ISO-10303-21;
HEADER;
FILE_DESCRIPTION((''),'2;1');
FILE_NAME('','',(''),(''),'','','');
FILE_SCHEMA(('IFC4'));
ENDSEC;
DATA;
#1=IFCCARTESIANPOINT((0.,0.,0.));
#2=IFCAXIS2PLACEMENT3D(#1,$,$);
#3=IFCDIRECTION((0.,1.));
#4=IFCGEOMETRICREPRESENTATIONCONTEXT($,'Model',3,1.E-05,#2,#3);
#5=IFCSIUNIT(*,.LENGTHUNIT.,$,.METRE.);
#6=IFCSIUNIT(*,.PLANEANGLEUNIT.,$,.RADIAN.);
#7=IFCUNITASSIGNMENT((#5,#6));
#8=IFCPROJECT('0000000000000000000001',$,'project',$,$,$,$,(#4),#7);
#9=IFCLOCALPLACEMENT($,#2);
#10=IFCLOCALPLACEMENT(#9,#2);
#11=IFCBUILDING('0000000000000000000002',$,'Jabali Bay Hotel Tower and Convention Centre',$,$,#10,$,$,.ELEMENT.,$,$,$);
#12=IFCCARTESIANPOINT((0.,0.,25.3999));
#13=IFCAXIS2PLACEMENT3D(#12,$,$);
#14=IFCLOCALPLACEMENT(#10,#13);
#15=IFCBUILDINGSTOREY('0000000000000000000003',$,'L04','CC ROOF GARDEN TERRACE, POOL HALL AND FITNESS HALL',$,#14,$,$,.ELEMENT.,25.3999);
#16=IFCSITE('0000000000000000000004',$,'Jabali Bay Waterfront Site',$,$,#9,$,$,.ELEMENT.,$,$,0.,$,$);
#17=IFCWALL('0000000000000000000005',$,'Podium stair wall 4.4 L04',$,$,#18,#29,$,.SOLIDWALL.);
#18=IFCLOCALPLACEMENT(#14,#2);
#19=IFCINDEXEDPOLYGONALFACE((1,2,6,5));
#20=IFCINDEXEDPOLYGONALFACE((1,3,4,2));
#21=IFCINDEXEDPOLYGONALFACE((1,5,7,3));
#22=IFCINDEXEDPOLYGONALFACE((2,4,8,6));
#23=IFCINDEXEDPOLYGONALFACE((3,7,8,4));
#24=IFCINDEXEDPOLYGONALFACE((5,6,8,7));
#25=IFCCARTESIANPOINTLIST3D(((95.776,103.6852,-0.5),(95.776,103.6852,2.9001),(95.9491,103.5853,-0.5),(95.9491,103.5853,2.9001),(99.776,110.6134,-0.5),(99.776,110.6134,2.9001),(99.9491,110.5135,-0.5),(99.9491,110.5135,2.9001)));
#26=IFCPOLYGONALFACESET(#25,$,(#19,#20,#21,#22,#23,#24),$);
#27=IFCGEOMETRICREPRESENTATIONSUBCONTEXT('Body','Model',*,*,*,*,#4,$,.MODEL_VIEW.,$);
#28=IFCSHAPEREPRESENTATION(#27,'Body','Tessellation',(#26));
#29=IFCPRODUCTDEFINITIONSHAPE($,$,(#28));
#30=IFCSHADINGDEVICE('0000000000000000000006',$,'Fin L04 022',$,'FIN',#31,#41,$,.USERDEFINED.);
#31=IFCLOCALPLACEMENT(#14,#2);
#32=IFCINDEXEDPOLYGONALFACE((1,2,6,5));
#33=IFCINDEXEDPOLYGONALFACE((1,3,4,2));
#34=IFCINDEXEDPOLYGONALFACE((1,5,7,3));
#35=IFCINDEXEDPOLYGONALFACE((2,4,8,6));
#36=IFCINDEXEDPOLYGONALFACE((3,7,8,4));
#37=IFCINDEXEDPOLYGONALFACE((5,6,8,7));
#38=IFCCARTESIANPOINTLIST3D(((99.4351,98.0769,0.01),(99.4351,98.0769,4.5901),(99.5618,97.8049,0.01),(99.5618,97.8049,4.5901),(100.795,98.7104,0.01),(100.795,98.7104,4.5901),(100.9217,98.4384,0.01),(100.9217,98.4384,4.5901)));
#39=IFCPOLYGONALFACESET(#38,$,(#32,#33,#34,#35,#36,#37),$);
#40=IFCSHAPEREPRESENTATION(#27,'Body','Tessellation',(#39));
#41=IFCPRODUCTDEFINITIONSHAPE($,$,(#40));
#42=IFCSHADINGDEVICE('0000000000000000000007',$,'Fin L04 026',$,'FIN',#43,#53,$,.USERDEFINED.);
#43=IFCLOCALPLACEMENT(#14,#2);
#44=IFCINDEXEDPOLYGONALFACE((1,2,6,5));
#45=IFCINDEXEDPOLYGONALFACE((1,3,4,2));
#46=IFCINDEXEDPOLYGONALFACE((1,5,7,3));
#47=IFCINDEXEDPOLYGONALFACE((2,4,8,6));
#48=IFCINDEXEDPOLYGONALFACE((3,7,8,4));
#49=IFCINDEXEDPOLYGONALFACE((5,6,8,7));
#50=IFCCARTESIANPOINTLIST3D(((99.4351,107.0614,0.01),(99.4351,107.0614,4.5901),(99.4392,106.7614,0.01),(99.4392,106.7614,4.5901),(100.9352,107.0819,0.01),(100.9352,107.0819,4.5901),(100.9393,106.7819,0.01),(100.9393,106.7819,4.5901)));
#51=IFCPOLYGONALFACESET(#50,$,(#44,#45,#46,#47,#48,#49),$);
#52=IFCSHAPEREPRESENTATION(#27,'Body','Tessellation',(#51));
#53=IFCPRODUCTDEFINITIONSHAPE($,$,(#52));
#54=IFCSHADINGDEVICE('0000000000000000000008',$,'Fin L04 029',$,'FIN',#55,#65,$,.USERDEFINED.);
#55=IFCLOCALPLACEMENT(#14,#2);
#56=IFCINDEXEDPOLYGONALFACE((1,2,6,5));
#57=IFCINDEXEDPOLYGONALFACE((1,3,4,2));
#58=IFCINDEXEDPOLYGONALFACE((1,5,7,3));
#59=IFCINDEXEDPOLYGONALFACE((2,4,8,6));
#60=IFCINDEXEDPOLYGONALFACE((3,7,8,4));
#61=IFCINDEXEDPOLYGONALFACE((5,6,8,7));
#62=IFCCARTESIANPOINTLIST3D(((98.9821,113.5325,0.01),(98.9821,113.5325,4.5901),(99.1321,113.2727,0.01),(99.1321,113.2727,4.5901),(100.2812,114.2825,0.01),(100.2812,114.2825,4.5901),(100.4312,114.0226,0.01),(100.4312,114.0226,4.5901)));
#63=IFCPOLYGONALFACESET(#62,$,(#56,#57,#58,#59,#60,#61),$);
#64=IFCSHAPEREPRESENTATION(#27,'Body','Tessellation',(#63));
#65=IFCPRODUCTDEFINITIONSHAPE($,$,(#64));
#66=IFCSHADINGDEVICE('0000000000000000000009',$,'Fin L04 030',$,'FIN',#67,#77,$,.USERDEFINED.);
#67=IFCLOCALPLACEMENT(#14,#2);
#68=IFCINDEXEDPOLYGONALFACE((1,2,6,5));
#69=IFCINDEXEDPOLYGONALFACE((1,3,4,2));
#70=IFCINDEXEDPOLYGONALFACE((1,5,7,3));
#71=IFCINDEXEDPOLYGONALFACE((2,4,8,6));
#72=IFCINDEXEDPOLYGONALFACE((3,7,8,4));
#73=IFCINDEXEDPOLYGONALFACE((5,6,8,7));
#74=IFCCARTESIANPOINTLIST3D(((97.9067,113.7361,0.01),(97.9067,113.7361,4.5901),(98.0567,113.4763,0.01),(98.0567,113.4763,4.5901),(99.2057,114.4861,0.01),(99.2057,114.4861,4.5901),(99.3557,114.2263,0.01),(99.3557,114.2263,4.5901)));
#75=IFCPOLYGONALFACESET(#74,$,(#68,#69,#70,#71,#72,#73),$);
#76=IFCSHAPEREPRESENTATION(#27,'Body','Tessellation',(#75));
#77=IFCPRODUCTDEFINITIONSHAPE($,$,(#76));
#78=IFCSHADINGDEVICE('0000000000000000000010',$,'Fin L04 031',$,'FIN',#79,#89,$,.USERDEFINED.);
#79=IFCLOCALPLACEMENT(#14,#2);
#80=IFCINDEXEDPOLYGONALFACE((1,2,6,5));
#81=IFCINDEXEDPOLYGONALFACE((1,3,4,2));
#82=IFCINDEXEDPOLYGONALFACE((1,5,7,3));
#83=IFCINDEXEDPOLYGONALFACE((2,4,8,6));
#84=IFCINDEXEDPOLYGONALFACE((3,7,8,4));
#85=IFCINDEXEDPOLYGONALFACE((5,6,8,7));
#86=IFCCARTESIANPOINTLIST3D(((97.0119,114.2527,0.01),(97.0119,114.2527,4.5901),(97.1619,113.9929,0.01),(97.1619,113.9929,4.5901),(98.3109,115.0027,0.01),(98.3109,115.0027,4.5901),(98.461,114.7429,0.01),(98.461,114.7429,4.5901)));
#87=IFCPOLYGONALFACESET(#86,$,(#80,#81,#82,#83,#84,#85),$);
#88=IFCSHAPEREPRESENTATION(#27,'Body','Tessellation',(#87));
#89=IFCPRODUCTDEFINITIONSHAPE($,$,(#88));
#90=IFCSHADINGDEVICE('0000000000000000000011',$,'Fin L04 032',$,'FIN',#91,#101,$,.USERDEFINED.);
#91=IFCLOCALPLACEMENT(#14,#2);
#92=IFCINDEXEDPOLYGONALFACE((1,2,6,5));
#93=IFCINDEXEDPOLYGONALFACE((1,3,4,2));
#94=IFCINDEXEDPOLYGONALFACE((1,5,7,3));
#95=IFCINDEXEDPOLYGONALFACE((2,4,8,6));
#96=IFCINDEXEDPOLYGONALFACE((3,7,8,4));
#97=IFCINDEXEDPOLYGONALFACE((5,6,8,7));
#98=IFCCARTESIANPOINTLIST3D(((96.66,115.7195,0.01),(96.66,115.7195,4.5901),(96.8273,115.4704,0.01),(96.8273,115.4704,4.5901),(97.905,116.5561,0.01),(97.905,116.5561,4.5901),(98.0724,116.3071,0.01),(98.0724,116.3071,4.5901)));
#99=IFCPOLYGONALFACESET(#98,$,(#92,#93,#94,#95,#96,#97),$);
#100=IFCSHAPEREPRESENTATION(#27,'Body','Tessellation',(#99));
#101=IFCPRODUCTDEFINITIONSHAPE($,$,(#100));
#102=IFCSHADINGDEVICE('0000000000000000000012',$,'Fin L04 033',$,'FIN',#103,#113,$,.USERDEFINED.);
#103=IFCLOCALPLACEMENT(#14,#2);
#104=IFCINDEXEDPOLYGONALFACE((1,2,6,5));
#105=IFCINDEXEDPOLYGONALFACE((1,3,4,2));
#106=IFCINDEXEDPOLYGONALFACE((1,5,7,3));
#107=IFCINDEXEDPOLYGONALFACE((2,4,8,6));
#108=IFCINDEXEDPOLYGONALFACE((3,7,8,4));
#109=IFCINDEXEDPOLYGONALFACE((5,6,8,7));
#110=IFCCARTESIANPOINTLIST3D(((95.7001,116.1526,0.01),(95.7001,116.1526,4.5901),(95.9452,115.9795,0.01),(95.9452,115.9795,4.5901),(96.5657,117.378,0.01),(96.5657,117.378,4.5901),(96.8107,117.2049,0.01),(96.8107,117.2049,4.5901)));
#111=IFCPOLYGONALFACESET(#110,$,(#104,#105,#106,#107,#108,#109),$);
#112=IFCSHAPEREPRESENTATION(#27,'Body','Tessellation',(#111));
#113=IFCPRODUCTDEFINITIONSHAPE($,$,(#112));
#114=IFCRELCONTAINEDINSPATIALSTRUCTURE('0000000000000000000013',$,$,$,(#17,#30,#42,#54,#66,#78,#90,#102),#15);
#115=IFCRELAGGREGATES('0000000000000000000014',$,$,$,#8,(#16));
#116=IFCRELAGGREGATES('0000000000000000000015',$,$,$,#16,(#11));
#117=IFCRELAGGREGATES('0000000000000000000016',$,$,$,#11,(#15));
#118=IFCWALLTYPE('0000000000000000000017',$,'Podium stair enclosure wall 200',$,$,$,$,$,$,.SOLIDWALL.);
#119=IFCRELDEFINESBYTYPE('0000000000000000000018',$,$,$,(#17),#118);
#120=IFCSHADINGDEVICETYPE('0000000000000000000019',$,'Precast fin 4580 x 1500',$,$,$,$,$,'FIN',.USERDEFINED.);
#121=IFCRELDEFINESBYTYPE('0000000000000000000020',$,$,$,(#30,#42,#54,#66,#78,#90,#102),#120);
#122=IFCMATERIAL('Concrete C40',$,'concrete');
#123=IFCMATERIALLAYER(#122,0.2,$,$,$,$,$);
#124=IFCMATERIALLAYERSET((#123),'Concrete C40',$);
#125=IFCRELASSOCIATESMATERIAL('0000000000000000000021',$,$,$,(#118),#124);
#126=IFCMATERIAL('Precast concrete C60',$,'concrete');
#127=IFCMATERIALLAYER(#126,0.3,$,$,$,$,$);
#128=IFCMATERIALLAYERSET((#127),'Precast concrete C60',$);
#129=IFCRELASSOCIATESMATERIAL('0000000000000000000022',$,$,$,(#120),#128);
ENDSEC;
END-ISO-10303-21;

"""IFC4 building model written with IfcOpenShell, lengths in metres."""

from ifc_helpers import new_model, si_unit, direction, frame, frame_2d, origin, place, context, subcontext, project, spatial, rectangle, extrude, material, layer, layer_set, type_object, element, save


model = new_model("IFC4")

# Units and contexts
model_context = context("Model", 3, precision=1e-05, world=origin(), true_north=direction((0.0, 1.0)))
body_context = subcontext(model_context, "Body", "Model", "MODEL_VIEW")
ifc_project = project(units=[si_unit("LENGTHUNIT", "METRE"), si_unit("PLANEANGLEUNIT", "RADIAN")], contexts=[model_context])

# Site, building, storey
site_placement = place(None, origin())
site = spatial("IfcSite", under=ifc_project, at=site_placement, Name="Jabali Bay Waterfront Site", CompositionType="ELEMENT", RefElevation=0.0)
building_placement = place(site_placement, origin())
building = spatial("IfcBuilding", under=site, at=building_placement, Name="Jabali Bay Hotel Tower and Convention Centre", CompositionType="ELEMENT")
storey_placement = place(building_placement, frame((0.0, 0.0, 25.3999)))
storey = spatial("IfcBuildingStorey", under=building, at=storey_placement, Name="L04", Description="CC ROOF GARDEN TERRACE, POOL HALL AND FITNESS HALL", CompositionType="ELEMENT", Elevation=25.3999)

# Shared definitions
ifc_material_1 = material(Name="Concrete C40", Category="concrete")

# Wall
ifc_layer_1 = layer(ifc_material_1, 0.2)
ifc_layer_set_1 = layer_set([ifc_layer_1], Name="Concrete C40")
wall_type_1 = type_object("IfcWallType", Name="Podium stair enclosure wall 200", PredefinedType="SOLIDWALL", material=ifc_layer_set_1)
for number, where, z_axis, x_axis, name in (
    (1, (95.8625, 103.6353, -0.5), (0.0, 0.0, 1.0), (0.499999, 0.866026, 0.0), "Podium stair wall 4.4 L04"),
):
    element("IfcWall", number, at=place(storey_placement, frame(where, z_axis=z_axis, x_axis=x_axis)), inside=storey, type_object=wall_type_1, Name=name, PredefinedType="SOLIDWALL", context=body_context, shape_type="SweptSolid", body=[
        extrude(rectangle(XDim=8.0, YDim=0.2, at=frame_2d((4.0, 0.0))), origin(), (0.0, 0.0, 1.0), 3.4001),
    ])

# Shading devices
ifc_material_2 = material(Name="Precast concrete C60", Category="concrete")
ifc_layer_2 = layer(ifc_material_2, 0.3)
ifc_layer_set_2 = layer_set([ifc_layer_2], Name="Precast concrete C60")
shading_device_type = type_object("IfcShadingDeviceType", Name="Precast fin 4580 x 1500", ElementType="FIN", PredefinedType="USERDEFINED", material=ifc_layer_set_2)
for number, where, z_axis, x_axis, name in (
    (2, (99.4985, 97.9409, 0.01), (0.0, 0.0, 1.0), (0.906453, 0.422306, 0.0), "Fin L04 022"),
    (3, (99.4373, 106.9114, 0.01), (0.0, 0.0, 1.0), (0.999907, 0.013671, 0.0), "Fin L04 026"),
):
    element("IfcShadingDevice", number, at=place(storey_placement, frame(where, z_axis=z_axis, x_axis=x_axis)), inside=storey, type_object=shading_device_type, Name=name, ObjectType="FIN", PredefinedType="USERDEFINED", context=body_context, shape_type="SweptSolid", body=[
        extrude(rectangle(XDim=1.5002, YDim=0.3, at=frame_2d((0.75, 0.0))), origin(), (0.0, 0.0, 1.0), 4.5801),
    ])
for number, where, z_axis, x_axis, name in (
    (4, (99.0571, 113.4026, 0.01), (0.0, 0.0, 1.0), (0.866031, 0.49999, 0.0), "Fin L04 029"),
    (5, (97.9817, 113.6062, 0.01), (0.0, 0.0, 1.0), (0.866031, 0.49999, 0.0), "Fin L04 030"),
    (6, (97.0869, 114.1228, 0.01), (0.0, 0.0, 1.0), (0.866031, 0.49999, 0.0), "Fin L04 031"),
    (7, (96.7437, 115.595, 0.01), (0.0, 0.0, 1.0), (0.830017, 0.557739, 0.0), "Fin L04 032"),
):
    element("IfcShadingDevice", number, at=place(storey_placement, frame(where, z_axis=z_axis, x_axis=x_axis)), inside=storey, type_object=shading_device_type, Name=name, ObjectType="FIN", PredefinedType="USERDEFINED", context=body_context, shape_type="SweptSolid", body=[
        extrude(rectangle(XDim=1.5, YDim=0.3, at=frame_2d((0.75, 0.0))), origin(), (0.0, 0.0, 1.0), 4.5801),
    ])
shading_device_placement = place(storey_placement, frame((95.8228, 116.0662, 0.01), z_axis=(0.0, 0.0, 1.0), x_axis=(0.57692, 0.816801, 0.0)))
element("IfcShadingDevice", 8, at=shading_device_placement, inside=storey, type_object=shading_device_type, Name="Fin L04 033", ObjectType="FIN", PredefinedType="USERDEFINED", context=body_context, shape_type="SweptSolid", body=[
    extrude(rectangle(XDim=1.5002, YDim=0.3, at=frame_2d((0.75, 0.0))), origin(), (0.0, 0.0, 1.0), 4.5801),
])

save(model, "model.ifc")
